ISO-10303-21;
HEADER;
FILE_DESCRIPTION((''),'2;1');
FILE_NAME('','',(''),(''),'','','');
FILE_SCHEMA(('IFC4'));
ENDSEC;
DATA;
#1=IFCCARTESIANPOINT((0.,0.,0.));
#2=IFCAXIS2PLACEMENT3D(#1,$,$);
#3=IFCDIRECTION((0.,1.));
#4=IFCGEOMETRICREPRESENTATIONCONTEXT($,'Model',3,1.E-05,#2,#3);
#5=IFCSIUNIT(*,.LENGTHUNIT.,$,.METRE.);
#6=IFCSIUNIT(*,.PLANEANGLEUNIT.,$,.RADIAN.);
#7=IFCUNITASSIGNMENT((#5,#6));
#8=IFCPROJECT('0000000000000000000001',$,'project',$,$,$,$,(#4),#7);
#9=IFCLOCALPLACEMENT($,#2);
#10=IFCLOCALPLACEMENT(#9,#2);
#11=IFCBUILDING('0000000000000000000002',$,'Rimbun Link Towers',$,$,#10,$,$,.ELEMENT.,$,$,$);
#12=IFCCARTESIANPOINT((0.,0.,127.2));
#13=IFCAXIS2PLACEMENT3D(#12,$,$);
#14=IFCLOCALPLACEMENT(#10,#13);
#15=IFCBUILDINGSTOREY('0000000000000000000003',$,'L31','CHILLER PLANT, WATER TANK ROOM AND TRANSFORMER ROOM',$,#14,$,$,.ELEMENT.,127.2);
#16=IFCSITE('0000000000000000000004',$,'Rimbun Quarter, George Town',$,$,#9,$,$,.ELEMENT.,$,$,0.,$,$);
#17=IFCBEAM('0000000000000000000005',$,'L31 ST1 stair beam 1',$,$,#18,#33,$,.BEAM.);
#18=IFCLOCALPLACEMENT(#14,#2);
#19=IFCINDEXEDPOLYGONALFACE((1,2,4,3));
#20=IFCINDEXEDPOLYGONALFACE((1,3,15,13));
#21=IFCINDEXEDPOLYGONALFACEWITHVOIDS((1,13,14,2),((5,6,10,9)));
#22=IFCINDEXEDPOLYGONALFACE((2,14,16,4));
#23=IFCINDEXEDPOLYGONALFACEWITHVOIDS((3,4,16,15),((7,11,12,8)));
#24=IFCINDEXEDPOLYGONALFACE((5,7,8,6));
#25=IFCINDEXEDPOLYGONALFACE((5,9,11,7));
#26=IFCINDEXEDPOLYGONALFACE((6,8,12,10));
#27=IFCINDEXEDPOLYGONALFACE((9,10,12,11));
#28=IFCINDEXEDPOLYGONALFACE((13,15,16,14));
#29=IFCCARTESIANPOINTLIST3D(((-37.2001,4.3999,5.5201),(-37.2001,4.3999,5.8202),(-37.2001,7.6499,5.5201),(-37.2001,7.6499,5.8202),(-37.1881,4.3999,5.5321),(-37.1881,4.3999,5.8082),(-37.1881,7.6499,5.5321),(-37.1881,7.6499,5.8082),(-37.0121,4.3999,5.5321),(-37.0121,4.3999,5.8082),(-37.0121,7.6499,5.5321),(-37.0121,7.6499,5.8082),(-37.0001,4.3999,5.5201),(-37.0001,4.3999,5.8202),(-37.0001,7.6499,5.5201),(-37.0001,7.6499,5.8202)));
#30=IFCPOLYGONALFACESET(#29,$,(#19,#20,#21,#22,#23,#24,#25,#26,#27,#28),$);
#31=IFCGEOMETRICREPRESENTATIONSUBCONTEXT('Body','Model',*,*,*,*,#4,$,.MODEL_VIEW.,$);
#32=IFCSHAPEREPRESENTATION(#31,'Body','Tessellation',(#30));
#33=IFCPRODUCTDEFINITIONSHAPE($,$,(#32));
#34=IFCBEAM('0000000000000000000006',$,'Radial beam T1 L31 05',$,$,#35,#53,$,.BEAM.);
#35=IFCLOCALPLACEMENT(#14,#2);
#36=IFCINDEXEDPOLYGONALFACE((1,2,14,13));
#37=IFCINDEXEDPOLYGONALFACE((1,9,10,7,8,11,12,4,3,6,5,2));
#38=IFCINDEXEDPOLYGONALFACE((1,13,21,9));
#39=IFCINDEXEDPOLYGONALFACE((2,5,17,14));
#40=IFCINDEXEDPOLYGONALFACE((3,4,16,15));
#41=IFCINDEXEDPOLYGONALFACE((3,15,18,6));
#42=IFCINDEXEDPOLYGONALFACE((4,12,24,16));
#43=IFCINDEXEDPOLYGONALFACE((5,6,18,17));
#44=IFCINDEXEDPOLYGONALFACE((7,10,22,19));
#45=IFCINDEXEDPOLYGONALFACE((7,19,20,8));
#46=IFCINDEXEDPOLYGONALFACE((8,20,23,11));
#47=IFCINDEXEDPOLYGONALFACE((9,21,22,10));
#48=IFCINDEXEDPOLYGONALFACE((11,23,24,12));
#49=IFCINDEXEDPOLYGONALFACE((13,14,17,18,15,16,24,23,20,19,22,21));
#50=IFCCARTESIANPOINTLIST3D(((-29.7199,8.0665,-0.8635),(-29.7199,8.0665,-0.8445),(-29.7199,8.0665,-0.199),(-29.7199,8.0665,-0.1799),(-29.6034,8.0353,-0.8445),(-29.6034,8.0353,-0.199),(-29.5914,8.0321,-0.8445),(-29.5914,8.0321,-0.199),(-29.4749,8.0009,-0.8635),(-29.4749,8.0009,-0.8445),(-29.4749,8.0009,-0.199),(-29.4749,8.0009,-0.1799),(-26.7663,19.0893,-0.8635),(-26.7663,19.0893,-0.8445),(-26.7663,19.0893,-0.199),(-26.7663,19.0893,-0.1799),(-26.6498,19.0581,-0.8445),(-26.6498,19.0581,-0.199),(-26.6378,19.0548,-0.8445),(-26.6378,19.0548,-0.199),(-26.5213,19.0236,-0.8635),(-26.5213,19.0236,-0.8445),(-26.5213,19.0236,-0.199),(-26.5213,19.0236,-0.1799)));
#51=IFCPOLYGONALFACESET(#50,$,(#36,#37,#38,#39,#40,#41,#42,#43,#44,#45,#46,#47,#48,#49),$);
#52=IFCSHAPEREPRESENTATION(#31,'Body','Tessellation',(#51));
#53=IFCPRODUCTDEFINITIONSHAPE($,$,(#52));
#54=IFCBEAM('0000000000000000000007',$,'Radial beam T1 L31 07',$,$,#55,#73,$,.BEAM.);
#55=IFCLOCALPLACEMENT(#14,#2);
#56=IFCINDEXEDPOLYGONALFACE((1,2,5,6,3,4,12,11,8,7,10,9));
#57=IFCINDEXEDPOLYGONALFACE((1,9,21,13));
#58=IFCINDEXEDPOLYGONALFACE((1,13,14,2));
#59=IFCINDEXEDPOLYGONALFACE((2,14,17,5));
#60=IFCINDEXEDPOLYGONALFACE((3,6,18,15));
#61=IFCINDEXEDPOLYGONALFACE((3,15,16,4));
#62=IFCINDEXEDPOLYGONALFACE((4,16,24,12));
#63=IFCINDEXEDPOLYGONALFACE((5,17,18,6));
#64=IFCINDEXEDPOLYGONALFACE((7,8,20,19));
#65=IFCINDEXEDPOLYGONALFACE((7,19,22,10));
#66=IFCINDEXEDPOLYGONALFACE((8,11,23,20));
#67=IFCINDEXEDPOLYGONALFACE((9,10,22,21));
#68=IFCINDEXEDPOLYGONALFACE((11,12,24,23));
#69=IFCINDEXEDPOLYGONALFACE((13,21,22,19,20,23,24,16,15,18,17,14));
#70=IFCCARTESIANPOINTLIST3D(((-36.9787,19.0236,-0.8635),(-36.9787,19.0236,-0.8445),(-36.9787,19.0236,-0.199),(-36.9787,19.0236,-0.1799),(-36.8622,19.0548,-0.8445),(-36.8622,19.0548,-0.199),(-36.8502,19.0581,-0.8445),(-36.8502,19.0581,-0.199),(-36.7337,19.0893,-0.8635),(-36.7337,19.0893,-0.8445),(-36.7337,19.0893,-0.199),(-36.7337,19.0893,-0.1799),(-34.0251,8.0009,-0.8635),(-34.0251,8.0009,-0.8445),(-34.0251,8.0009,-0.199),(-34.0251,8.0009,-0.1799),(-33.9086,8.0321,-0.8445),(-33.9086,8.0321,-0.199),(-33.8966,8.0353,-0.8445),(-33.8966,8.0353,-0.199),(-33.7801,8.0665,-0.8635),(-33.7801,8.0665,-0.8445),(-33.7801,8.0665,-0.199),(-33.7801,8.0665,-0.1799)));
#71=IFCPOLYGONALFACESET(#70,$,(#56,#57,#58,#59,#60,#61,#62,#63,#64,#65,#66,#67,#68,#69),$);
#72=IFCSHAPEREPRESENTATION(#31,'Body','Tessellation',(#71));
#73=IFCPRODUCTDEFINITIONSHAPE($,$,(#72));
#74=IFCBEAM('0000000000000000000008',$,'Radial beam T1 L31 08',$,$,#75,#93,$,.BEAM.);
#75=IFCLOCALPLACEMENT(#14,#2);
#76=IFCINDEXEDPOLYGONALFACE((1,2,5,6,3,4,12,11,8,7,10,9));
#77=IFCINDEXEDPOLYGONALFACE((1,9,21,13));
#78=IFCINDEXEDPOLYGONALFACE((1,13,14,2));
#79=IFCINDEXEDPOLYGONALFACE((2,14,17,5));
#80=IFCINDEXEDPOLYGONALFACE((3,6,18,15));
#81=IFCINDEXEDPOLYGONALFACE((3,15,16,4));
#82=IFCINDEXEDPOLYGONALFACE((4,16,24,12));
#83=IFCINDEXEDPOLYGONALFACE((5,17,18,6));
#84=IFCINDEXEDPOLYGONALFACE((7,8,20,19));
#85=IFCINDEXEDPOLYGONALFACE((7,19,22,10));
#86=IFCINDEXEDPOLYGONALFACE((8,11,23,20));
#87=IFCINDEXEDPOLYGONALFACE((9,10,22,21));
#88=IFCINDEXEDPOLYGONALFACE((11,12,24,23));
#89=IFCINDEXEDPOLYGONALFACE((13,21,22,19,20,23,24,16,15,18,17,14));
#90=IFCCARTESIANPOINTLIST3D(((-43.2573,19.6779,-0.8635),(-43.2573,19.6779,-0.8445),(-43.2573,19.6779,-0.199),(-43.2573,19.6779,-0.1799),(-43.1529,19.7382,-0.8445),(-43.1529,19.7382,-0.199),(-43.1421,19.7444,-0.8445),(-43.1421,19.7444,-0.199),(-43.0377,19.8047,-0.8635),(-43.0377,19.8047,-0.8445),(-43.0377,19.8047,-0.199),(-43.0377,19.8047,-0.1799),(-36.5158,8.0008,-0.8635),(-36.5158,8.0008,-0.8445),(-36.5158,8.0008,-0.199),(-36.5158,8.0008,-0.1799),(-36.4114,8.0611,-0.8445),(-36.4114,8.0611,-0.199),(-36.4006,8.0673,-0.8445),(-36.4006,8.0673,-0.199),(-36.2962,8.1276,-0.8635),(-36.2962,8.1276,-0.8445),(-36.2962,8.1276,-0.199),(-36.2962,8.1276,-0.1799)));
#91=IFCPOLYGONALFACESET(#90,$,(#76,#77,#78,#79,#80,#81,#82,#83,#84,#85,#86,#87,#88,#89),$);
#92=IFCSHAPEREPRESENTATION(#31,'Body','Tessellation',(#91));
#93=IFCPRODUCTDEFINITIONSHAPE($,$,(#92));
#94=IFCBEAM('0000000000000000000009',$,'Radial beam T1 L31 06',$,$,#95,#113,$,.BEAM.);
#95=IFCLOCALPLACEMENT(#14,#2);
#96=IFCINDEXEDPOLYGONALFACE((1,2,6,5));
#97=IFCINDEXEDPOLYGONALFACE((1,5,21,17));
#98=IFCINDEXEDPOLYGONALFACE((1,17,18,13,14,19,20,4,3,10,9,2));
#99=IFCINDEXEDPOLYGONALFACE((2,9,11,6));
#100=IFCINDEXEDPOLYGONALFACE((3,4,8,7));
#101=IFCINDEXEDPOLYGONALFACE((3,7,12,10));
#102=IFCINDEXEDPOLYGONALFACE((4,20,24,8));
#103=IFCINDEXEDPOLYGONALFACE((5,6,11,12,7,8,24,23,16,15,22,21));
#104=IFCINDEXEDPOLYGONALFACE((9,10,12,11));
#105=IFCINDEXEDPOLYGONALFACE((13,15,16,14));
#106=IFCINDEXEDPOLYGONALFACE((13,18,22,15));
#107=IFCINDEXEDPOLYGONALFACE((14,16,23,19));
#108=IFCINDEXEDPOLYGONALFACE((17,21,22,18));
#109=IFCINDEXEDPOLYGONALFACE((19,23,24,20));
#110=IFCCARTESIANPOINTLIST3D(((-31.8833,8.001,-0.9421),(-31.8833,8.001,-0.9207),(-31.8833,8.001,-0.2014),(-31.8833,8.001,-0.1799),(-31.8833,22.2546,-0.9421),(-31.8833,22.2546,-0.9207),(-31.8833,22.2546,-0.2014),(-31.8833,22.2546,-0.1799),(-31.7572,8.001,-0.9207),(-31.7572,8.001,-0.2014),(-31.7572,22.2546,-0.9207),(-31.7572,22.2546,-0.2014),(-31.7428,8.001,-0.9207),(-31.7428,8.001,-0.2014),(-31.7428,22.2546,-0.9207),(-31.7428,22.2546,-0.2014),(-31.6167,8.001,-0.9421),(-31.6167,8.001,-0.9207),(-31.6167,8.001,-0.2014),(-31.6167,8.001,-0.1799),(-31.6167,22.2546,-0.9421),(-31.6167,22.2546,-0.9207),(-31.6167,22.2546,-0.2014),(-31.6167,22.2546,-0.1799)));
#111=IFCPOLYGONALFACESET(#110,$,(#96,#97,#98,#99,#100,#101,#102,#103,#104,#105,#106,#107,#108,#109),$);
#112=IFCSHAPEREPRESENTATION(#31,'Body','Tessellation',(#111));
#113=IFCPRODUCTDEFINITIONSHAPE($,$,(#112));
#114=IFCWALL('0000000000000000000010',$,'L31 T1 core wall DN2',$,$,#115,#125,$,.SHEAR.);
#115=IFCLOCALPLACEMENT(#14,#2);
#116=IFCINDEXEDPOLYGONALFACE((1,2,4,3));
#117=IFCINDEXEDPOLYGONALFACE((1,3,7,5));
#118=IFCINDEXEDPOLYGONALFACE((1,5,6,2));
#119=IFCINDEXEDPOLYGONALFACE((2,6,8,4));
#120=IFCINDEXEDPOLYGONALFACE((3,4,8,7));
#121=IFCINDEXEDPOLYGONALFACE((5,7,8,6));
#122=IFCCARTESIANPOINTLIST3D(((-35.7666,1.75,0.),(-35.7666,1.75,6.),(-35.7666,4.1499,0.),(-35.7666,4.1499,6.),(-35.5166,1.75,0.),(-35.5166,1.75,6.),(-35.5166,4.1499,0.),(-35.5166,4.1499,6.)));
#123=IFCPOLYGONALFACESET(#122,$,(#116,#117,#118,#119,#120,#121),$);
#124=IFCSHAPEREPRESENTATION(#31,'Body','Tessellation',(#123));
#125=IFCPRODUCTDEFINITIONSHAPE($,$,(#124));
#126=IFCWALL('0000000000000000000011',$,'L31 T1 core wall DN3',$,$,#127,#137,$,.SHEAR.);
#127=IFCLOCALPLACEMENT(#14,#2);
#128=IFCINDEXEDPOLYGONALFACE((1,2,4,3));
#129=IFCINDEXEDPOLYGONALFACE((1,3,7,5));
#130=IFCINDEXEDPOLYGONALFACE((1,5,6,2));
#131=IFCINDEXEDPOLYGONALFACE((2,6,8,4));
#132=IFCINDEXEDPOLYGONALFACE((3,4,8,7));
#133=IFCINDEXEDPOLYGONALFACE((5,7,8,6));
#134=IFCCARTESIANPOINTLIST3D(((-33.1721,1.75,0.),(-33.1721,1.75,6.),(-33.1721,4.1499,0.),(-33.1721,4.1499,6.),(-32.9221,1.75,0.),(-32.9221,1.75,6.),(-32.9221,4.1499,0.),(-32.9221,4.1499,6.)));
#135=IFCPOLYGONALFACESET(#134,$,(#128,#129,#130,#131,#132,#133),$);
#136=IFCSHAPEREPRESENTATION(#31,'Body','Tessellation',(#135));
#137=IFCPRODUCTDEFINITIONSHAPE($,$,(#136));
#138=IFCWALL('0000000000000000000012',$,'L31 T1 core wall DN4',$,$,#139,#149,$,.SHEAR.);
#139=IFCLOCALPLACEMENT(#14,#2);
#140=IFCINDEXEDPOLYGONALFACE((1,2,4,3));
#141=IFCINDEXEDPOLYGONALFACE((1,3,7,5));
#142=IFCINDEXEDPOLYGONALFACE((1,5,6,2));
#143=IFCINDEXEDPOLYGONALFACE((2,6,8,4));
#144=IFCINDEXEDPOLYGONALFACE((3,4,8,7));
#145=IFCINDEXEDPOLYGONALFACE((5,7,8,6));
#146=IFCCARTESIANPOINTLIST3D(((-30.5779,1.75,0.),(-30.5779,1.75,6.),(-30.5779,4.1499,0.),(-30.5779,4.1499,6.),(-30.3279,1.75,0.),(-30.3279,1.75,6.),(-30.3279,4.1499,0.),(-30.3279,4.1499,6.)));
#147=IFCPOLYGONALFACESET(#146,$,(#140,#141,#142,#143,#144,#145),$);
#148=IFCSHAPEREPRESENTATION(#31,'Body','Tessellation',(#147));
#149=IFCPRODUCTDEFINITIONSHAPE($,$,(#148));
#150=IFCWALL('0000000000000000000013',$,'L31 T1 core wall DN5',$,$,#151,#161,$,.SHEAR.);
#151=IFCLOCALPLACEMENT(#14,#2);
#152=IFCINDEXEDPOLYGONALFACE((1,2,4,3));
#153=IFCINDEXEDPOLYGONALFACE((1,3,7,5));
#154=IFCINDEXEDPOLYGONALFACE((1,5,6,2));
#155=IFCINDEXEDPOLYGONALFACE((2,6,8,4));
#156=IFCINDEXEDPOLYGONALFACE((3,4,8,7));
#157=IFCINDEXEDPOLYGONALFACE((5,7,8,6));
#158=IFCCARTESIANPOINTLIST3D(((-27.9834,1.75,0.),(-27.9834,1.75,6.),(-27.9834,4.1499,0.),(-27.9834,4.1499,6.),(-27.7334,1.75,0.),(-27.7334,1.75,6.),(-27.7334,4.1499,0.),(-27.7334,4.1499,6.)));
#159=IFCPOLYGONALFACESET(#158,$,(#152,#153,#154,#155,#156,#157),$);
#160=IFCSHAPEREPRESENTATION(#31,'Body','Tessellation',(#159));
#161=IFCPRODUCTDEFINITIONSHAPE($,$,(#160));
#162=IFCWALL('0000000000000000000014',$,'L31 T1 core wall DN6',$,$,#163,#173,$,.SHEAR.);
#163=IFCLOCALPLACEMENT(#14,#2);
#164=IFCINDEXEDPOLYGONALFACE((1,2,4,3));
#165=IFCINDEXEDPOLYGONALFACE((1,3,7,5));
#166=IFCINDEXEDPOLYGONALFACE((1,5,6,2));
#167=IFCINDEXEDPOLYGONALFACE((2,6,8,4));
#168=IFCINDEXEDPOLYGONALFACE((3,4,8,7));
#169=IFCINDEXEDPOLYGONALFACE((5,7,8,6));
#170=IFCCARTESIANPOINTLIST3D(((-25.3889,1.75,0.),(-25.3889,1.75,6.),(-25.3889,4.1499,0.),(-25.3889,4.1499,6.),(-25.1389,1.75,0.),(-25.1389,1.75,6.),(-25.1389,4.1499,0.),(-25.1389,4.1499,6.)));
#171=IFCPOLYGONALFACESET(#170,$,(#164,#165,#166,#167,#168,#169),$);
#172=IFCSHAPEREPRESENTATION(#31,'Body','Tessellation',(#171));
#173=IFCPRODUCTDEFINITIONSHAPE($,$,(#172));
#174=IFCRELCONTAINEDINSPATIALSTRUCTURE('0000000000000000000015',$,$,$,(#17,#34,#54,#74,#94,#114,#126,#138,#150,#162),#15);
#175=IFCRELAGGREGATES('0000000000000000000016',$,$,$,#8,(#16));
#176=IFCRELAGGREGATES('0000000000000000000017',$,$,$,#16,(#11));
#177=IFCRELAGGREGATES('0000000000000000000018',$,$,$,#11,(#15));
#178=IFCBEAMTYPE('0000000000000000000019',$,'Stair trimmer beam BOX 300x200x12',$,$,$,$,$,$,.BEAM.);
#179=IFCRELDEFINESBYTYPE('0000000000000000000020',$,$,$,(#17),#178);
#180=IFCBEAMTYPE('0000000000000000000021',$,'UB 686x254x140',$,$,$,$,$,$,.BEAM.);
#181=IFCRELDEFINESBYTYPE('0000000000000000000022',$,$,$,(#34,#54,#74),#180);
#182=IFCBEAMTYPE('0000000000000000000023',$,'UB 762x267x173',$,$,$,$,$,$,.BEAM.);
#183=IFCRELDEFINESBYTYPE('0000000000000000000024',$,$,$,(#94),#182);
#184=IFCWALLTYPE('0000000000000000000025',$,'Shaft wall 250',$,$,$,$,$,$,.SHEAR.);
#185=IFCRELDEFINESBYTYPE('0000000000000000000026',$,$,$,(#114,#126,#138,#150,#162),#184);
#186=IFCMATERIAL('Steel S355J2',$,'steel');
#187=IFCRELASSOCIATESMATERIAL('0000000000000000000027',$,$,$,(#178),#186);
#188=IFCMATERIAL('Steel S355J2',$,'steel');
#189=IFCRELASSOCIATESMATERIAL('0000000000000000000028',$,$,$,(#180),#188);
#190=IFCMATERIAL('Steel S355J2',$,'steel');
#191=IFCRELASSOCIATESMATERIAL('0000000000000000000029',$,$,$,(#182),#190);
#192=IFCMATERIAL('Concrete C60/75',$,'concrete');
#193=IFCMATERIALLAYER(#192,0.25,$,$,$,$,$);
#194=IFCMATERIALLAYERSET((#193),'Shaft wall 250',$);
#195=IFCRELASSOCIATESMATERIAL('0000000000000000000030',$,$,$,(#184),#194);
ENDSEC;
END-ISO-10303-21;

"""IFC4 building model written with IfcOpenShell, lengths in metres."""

from ifc_helpers import new_model, si_unit, direction, frame, frame_2d, origin, origin_2d, place, context, subcontext, project, spatial, rectangle, hollow_rectangle, i_section, extrude, material, layer, layer_set, material_profile, profile_set, type_object, element, save


model = new_model("IFC4")

# Units and contexts
model_context = context("Model", 3, precision=1e-05, world=origin(), true_north=direction((0.0, 1.0)))
body_context = subcontext(model_context, "Body", "Model", "MODEL_VIEW")
ifc_project = project(units=[si_unit("LENGTHUNIT", "METRE"), si_unit("PLANEANGLEUNIT", "RADIAN")], contexts=[model_context])

# Site, building, storey
site_placement = place(None, origin())
site = spatial("IfcSite", under=ifc_project, at=site_placement, Name="Rimbun Quarter, George Town", CompositionType="ELEMENT", RefElevation=0.0)
building_placement = place(site_placement, origin())
building = spatial("IfcBuilding", under=site, at=building_placement, Name="Rimbun Link Towers", CompositionType="ELEMENT")
storey_placement = place(building_placement, frame((0.0, 0.0, 127.2)))
storey = spatial("IfcBuildingStorey", under=building, at=storey_placement, Name="L31", Description="CHILLER PLANT, WATER TANK ROOM AND TRANSFORMER ROOM", CompositionType="ELEMENT", Elevation=127.2)

# Beams
ifc_material_1 = material(Name="Steel S355J2", Category="steel")
ifc_material_profile_1 = material_profile(ifc_material_1, hollow_rectangle(XDim=0.2, YDim=0.3, WallThickness=0.012, at=origin_2d()), Name="BOX 300x200x12")
ifc_profile_set_1 = profile_set([ifc_material_profile_1], Name="Steel S355J2")
beam_type_1 = type_object("IfcBeamType", Name="Stair trimmer beam BOX 300x200x12", PredefinedType="BEAM", material=ifc_profile_set_1)
beam_1_placement = place(storey_placement, frame((-37.1001, 7.6499, 5.6702), z_axis=(0.0, -1.0, 0.0), x_axis=(1.0, 0.0, 0.0)))
element("IfcBeam", 1, at=beam_1_placement, inside=storey, type_object=beam_type_1, Name="L31 ST1 stair beam 1", PredefinedType="BEAM", context=body_context, shape_type="SweptSolid", body=[
    extrude(hollow_rectangle(XDim=0.2, YDim=0.3, WallThickness=0.012, at=origin_2d()), origin(), (0.0, 0.0, 1.0), 3.25),
])
ifc_material_2 = material(Name="Steel S355J2", Category="steel")
ifc_material_profile_2 = material_profile(ifc_material_2, i_section(OverallWidth=0.2537, OverallDepth=0.6836, WebThickness=0.0125, FlangeThickness=0.019, at=origin_2d()), Name="UB 686x254x140")
ifc_profile_set_2 = profile_set([ifc_material_profile_2], Name="Steel S355J2")
beam_type_2 = type_object("IfcBeamType", Name="UB 686x254x140", PredefinedType="BEAM", material=ifc_profile_set_2)
for number, where, z_axis, x_axis, name in (
    (2, (-29.5974, 8.0337, -0.5217), (0.258826, 0.965924, 0.0), (-0.965924, 0.258826, 0.0), "Radial beam T1 L31 05"),
    (3, (-33.9026, 8.0337, -0.5217), (-0.258826, 0.965924, 0.0), (-0.965924, -0.258826, 0.0), "Radial beam T1 L31 07"),
):
    element("IfcBeam", number, at=place(storey_placement, frame(where, z_axis=z_axis, x_axis=x_axis)), inside=storey, type_object=beam_type_2, Name=name, PredefinedType="BEAM", context=body_context, shape_type="SweptSolid", body=[
        extrude(i_section(OverallWidth=0.2537, OverallDepth=0.6836, WebThickness=0.0125, FlangeThickness=0.019, at=origin_2d()), origin(), (0.0, 0.0, 1.0), 11.4116),
    ])
beam_2_placement = place(storey_placement, frame((-36.406, 8.0642, -0.5217), z_axis=(-0.499985, 0.866034, 0.0), x_axis=(-0.866034, -0.499985, 0.0)))
element("IfcBeam", 4, at=beam_2_placement, inside=storey, type_object=beam_type_2, Name="Radial beam T1 L31 08", PredefinedType="BEAM", context=body_context, shape_type="SweptSolid", body=[
    extrude(i_section(OverallWidth=0.2537, OverallDepth=0.6836, WebThickness=0.0125, FlangeThickness=0.019, at=origin_2d()), origin(), (0.0, 0.0, 1.0), 13.4834),
])
ifc_material_3 = material(Name="Steel S355J2", Category="steel")
ifc_material_profile_3 = material_profile(ifc_material_3, i_section(OverallWidth=0.2666, OverallDepth=0.7622, WebThickness=0.0144, FlangeThickness=0.0215, at=origin_2d()), Name="UB 762x267x173")
ifc_profile_set_3 = profile_set([ifc_material_profile_3], Name="Steel S355J2")
beam_type_3 = type_object("IfcBeamType", Name="UB 762x267x173", PredefinedType="BEAM", material=ifc_profile_set_3)
beam_3_placement = place(storey_placement, frame((-31.75, 8.001, -0.561), z_axis=(0.0, 1.0, 0.0), x_axis=(-1.0, 0.0, 0.0)))
element("IfcBeam", 5, at=beam_3_placement, inside=storey, type_object=beam_type_3, Name="Radial beam T1 L31 06", PredefinedType="BEAM", context=body_context, shape_type="SweptSolid", body=[
    extrude(i_section(OverallWidth=0.2666, OverallDepth=0.7622, WebThickness=0.0144, FlangeThickness=0.0215, at=origin_2d()), origin(), (0.0, 0.0, 1.0), 14.2537),
])

# Walls
ifc_material_4 = material(Name="Concrete C60/75", Category="concrete")
ifc_layer = layer(ifc_material_4, 0.25)
ifc_layer_set = layer_set([ifc_layer], Name="Shaft wall 250")
wall_type = type_object("IfcWallType", Name="Shaft wall 250", PredefinedType="SHEAR", material=ifc_layer_set)
for number, where, z_axis, x_axis, name in (
    (6, (-35.6416, 1.75, 0.0), (0.0, 0.0, 1.0), (0.0, 1.0, 0.0), "L31 T1 core wall DN2"),
    (7, (-33.0471, 1.75, 0.0), (0.0, 0.0, 1.0), (0.0, 1.0, 0.0), "L31 T1 core wall DN3"),
    (8, (-30.4529, 1.75, 0.0), (0.0, 0.0, 1.0), (0.0, 1.0, 0.0), "L31 T1 core wall DN4"),
    (9, (-27.8584, 1.75, 0.0), (0.0, 0.0, 1.0), (0.0, 1.0, 0.0), "L31 T1 core wall DN5"),
    (10, (-25.2639, 1.75, 0.0), (0.0, 0.0, 1.0), (0.0, 1.0, 0.0), "L31 T1 core wall DN6"),
):
    element("IfcWall", number, at=place(storey_placement, frame(where, z_axis=z_axis, x_axis=x_axis)), inside=storey, type_object=wall_type, Name=name, PredefinedType="SHEAR", context=body_context, shape_type="SweptSolid", body=[
        extrude(rectangle(XDim=2.3999, YDim=0.25, at=frame_2d((1.2, 0.0))), origin(), (0.0, 0.0, 1.0), 6.0),
    ])

save(model, "model.ifc")
